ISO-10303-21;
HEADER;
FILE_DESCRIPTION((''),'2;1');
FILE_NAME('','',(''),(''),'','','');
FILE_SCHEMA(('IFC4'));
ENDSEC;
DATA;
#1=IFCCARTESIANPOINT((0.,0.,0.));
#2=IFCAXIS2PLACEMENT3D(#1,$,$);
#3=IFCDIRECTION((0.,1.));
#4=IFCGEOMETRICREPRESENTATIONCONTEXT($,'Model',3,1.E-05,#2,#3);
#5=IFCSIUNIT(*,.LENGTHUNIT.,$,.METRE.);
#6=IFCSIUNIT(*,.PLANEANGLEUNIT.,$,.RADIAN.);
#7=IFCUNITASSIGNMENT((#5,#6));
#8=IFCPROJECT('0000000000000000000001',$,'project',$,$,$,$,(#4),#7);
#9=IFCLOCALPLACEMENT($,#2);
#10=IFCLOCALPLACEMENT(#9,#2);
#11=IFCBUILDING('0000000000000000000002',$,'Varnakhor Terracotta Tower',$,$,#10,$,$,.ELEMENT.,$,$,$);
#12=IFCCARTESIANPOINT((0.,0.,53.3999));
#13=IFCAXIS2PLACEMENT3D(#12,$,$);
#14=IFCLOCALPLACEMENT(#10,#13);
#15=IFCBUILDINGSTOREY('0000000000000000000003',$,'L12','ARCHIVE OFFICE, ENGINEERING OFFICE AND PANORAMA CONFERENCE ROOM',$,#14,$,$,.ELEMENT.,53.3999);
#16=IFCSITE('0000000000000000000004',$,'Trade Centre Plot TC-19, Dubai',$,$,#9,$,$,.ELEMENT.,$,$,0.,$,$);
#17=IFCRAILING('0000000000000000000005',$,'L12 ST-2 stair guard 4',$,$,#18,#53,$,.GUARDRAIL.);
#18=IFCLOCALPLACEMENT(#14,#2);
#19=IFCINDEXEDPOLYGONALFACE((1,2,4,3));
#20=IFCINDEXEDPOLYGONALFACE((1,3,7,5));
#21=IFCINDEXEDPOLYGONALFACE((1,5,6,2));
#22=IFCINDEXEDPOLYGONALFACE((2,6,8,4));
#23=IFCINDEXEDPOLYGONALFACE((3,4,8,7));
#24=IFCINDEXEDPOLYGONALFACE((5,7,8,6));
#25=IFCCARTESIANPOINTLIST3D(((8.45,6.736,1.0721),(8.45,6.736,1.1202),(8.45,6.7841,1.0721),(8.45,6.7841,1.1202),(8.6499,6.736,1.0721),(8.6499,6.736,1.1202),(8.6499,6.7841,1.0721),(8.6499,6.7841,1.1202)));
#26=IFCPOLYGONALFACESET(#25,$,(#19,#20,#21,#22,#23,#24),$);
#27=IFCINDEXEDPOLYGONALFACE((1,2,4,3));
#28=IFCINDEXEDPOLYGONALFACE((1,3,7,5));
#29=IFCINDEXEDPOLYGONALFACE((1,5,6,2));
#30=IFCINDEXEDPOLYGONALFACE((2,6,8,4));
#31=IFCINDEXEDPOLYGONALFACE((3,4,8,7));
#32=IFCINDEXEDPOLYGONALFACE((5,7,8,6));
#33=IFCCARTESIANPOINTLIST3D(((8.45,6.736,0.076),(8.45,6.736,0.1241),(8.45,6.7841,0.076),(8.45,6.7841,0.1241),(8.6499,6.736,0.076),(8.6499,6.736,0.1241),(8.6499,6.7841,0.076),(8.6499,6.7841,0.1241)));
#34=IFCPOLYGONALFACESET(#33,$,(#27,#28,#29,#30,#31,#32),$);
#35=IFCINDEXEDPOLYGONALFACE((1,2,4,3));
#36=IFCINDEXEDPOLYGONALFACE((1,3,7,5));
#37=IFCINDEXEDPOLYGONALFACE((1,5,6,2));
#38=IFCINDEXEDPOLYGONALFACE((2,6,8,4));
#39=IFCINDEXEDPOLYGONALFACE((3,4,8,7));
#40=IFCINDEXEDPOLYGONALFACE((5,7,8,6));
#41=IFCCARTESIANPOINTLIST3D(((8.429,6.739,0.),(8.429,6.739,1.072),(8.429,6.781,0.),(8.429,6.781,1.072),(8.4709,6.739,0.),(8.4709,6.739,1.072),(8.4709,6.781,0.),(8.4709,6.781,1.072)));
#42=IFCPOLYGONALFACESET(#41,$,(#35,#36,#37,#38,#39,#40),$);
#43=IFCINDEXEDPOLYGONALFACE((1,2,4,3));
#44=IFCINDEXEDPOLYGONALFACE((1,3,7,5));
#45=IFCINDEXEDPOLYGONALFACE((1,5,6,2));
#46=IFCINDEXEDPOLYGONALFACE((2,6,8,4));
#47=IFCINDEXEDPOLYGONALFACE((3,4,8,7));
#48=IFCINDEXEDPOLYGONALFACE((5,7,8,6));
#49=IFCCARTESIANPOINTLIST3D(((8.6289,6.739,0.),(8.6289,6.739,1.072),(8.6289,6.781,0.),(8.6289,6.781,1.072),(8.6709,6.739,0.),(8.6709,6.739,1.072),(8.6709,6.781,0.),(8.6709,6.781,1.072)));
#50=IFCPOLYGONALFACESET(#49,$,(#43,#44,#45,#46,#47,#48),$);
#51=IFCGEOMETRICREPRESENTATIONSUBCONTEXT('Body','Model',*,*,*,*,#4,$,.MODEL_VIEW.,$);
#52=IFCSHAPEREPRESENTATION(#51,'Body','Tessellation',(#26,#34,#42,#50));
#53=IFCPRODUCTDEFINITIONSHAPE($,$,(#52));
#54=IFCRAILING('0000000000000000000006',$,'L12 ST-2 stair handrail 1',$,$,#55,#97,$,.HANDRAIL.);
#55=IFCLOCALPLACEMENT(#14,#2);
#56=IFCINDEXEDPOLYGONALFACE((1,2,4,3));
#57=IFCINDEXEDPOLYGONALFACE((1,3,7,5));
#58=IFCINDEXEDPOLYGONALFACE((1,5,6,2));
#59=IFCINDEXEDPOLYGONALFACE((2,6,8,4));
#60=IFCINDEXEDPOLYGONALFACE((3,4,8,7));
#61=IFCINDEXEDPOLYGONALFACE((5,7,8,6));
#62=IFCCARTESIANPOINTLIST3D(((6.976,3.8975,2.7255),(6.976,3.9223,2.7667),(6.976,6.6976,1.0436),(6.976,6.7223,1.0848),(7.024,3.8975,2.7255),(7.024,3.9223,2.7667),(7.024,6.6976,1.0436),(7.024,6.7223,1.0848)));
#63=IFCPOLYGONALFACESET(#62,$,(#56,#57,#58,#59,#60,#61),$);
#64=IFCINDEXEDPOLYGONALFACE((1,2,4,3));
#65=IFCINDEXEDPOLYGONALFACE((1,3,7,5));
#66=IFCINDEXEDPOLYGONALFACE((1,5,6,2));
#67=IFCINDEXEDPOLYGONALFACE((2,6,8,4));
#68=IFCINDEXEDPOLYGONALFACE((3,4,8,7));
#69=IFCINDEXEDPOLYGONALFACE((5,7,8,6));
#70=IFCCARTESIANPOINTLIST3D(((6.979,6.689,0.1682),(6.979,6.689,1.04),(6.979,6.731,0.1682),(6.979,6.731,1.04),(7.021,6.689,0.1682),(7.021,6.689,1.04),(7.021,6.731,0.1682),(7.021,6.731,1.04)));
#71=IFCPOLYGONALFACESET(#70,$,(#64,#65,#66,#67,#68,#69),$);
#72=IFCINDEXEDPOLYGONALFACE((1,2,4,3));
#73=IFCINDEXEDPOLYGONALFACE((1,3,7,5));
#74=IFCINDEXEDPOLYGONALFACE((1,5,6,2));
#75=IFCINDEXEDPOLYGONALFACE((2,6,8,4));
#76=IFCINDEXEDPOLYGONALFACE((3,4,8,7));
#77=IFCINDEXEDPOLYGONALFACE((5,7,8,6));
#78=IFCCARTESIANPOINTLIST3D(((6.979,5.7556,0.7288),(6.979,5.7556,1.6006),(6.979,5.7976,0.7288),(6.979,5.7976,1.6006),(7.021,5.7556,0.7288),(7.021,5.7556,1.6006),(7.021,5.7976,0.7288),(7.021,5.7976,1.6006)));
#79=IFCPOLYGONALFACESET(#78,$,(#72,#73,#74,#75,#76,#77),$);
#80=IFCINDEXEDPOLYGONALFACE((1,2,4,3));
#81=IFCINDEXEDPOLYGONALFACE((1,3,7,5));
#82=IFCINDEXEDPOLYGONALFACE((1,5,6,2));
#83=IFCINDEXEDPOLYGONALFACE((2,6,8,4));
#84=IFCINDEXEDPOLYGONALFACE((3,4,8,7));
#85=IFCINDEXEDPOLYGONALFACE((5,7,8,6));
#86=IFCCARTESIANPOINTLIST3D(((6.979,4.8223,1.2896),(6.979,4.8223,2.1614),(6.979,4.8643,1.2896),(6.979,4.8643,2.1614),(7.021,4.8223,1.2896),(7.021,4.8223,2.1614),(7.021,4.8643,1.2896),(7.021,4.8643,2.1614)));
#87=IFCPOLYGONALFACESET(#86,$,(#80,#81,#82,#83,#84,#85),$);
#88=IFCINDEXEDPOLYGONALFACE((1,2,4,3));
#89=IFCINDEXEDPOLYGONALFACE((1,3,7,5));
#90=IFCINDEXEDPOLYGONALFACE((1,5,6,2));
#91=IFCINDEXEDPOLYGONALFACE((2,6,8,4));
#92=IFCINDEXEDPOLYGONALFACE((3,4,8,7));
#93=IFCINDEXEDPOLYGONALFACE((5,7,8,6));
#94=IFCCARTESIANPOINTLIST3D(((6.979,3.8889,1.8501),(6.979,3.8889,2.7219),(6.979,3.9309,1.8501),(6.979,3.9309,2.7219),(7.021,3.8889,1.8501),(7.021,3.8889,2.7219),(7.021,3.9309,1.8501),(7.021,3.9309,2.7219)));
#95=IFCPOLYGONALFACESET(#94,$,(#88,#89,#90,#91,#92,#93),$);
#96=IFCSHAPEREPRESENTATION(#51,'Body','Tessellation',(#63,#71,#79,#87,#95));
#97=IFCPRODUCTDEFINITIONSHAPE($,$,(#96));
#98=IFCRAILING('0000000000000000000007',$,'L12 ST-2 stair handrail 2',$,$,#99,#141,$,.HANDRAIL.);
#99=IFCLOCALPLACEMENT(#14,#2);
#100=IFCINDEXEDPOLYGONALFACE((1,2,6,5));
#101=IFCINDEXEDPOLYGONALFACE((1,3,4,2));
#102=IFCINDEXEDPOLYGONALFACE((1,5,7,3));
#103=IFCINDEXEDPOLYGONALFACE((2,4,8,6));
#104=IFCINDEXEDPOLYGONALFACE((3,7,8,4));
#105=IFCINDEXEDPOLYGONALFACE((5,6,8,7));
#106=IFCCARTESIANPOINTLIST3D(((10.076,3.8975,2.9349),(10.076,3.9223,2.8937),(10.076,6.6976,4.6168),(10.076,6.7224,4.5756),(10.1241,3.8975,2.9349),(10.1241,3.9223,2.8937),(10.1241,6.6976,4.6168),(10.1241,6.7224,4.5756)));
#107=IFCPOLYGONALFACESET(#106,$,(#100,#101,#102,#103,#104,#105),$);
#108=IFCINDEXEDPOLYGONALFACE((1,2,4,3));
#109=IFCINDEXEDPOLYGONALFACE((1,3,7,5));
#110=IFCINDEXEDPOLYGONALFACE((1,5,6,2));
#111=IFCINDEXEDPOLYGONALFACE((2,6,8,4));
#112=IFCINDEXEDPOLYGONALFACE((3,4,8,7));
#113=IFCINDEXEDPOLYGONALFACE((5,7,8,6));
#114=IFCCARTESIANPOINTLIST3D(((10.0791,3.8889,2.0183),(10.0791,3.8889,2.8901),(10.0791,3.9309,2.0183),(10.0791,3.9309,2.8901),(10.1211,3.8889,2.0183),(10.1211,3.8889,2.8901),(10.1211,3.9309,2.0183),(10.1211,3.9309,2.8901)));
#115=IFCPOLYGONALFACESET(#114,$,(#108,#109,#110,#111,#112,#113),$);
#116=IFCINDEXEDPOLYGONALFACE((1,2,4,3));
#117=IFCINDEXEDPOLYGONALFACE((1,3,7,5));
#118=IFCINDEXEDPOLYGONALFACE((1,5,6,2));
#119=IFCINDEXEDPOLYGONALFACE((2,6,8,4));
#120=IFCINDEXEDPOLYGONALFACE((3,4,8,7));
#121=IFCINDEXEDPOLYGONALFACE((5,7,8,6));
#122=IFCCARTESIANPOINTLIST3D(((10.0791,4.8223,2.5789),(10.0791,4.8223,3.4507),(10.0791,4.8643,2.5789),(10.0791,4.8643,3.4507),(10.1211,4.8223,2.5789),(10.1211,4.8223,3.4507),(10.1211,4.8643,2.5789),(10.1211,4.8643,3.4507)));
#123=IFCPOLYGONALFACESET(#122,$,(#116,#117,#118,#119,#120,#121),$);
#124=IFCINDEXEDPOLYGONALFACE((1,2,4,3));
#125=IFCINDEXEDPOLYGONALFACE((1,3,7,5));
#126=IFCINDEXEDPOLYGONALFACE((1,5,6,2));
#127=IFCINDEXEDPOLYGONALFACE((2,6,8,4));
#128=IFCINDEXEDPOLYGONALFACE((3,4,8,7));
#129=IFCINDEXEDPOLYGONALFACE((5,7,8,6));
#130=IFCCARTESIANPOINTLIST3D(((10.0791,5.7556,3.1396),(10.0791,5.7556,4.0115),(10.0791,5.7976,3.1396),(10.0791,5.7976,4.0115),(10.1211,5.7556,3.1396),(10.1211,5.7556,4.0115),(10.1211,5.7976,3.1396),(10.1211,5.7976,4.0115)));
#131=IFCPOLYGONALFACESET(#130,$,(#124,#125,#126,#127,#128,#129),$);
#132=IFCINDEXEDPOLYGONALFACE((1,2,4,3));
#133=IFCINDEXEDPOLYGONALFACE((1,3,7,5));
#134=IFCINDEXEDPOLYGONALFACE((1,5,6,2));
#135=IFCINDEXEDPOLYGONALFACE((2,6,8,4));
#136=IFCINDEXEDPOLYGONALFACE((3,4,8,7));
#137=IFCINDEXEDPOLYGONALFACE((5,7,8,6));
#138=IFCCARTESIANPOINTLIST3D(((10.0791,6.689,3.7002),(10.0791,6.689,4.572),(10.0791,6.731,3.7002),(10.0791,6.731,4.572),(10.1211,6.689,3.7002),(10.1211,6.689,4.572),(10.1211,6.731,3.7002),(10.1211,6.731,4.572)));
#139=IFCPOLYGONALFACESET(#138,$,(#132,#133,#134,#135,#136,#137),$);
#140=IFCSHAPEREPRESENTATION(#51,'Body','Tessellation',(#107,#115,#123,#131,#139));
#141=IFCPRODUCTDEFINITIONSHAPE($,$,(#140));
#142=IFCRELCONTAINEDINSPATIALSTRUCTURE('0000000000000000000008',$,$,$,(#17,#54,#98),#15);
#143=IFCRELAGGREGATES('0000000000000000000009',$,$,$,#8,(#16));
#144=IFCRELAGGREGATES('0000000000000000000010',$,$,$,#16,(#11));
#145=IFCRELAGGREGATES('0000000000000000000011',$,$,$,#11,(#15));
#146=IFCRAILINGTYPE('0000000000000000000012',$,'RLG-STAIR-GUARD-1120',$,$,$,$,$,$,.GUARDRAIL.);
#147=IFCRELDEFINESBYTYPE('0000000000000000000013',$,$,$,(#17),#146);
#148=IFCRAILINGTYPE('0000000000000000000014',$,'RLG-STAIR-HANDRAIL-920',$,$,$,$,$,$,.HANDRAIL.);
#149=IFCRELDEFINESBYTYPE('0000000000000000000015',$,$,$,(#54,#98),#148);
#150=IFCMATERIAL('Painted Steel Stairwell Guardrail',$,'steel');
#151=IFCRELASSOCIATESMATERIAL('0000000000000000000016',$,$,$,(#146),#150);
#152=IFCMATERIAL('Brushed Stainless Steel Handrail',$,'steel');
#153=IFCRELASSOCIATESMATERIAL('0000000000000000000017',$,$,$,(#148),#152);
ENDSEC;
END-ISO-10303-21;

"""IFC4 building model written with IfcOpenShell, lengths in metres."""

from ifc_helpers import new_model, si_unit, direction, frame, origin, origin_2d, place, context, subcontext, project, spatial, rectangle, extrude, material, type_object, element, save


model = new_model("IFC4")

# Units and contexts
model_context = context("Model", 3, precision=1e-05, world=origin(), true_north=direction((0.0, 1.0)))
body_context = subcontext(model_context, "Body", "Model", "MODEL_VIEW")
ifc_project = project(units=[si_unit("LENGTHUNIT", "METRE"), si_unit("PLANEANGLEUNIT", "RADIAN")], contexts=[model_context])

# Site, building, storey
site_placement = place(None, origin())
site = spatial("IfcSite", under=ifc_project, at=site_placement, Name="Trade Centre Plot TC-19, Dubai", CompositionType="ELEMENT", RefElevation=0.0)
building_placement = place(site_placement, origin())
building = spatial("IfcBuilding", under=site, at=building_placement, Name="Varnakhor Terracotta Tower", CompositionType="ELEMENT")
storey_placement = place(building_placement, frame((0.0, 0.0, 53.3999)))
storey = spatial("IfcBuildingStorey", under=building, at=storey_placement, Name="L12", Description="ARCHIVE OFFICE, ENGINEERING OFFICE AND PANORAMA CONFERENCE ROOM", CompositionType="ELEMENT", Elevation=53.3999)

# Railings
ifc_material_1 = material(Name="Painted Steel Stairwell Guardrail", Category="steel")
railing_type_1 = type_object("IfcRailingType", Name="RLG-STAIR-GUARD-1120", PredefinedType="GUARDRAIL", material=ifc_material_1)
railing_1_placement = place(storey_placement, frame((8.45, 6.76, 0.0)))
element("IfcRailing", 1, at=railing_1_placement, inside=storey, type_object=railing_type_1, Name="L12 ST-2 stair guard 4", PredefinedType="GUARDRAIL", context=body_context, shape_type="SweptSolid", body=[
    extrude(rectangle(XDim=0.0481, YDim=0.0481, at=origin_2d()), frame((0.0, 0.0, 1.0962), z_axis=(1.0, 0.0, 0.0), x_axis=(0.0, 1.0, 0.0)), (0.0, 0.0, 1.0), 0.2),
    extrude(rectangle(XDim=0.0481, YDim=0.0481, at=origin_2d()), frame((0.0, 0.0, 0.1001), z_axis=(1.0, 0.0, 0.0), x_axis=(0.0, 1.0, 0.0)), (0.0, 0.0, 1.0), 0.2),
    extrude(rectangle(XDim=0.042, YDim=0.042, at=origin_2d()), origin(), (0.0, 0.0, 1.0), 1.072),
    extrude(rectangle(XDim=0.042, YDim=0.042, at=origin_2d()), frame((0.2, 0.0, 0.0)), (0.0, 0.0, 1.0), 1.072),
])
ifc_material_2 = material(Name="Brushed Stainless Steel Handrail", Category="steel")
railing_type_2 = type_object("IfcRailingType", Name="RLG-STAIR-HANDRAIL-920", PredefinedType="HANDRAIL", material=ifc_material_2)
railing_2_placement = place(storey_placement, frame((7.0, 6.71, 0.1682)))
element("IfcRailing", 2, at=railing_2_placement, inside=storey, type_object=railing_type_2, Name="L12 ST-2 stair handrail 1", PredefinedType="HANDRAIL", context=body_context, shape_type="SweptSolid", body=[
    extrude(rectangle(XDim=0.0481, YDim=0.0481, at=origin_2d()), frame((0.0, 0.0, 0.896), z_axis=(0.0, -0.857242, 0.514913), x_axis=(1.0, 0.0, 0.0)), (0.0, 0.0, 1.0), 3.2664),
    extrude(rectangle(XDim=0.042, YDim=0.042, at=origin_2d()), origin(), (0.0, 0.0, 1.0), 0.8718),
    extrude(rectangle(XDim=0.042, YDim=0.042, at=origin_2d()), frame((0.0, -0.9333, 0.5605)), (0.0, 0.0, 1.0), 0.8718),
    extrude(rectangle(XDim=0.042, YDim=0.042, at=origin_2d()), frame((0.0, -1.8667, 1.1213)), (0.0, 0.0, 1.0), 0.8718),
    extrude(rectangle(XDim=0.042, YDim=0.042, at=origin_2d()), frame((0.0, -2.8, 1.6819)), (0.0, 0.0, 1.0), 0.8718),
])
railing_3_placement = place(storey_placement, frame((10.1001, 3.9099, 2.0183)))
element("IfcRailing", 3, at=railing_3_placement, inside=storey, type_object=railing_type_2, Name="L12 ST-2 stair handrail 2", PredefinedType="HANDRAIL", context=body_context, shape_type="SweptSolid", body=[
    extrude(rectangle(XDim=0.0481, YDim=0.0481, at=origin_2d()), frame((0.0, 0.0, 0.896), z_axis=(0.0, 0.857242, 0.514913), x_axis=(-1.0, 0.0, 0.0)), (0.0, 0.0, 1.0), 3.2664),
    extrude(rectangle(XDim=0.042, YDim=0.042, at=origin_2d()), origin(), (0.0, 0.0, 1.0), 0.8718),
    extrude(rectangle(XDim=0.042, YDim=0.042, at=origin_2d()), frame((0.0, 0.9333, 0.5605)), (0.0, 0.0, 1.0), 0.8718),
    extrude(rectangle(XDim=0.042, YDim=0.042, at=origin_2d()), frame((0.0, 1.8667, 1.1213)), (0.0, 0.0, 1.0), 0.8718),
    extrude(rectangle(XDim=0.042, YDim=0.042, at=origin_2d()), frame((0.0, 2.8, 1.6819)), (0.0, 0.0, 1.0), 0.8718),
])

save(model, "model.ifc")
